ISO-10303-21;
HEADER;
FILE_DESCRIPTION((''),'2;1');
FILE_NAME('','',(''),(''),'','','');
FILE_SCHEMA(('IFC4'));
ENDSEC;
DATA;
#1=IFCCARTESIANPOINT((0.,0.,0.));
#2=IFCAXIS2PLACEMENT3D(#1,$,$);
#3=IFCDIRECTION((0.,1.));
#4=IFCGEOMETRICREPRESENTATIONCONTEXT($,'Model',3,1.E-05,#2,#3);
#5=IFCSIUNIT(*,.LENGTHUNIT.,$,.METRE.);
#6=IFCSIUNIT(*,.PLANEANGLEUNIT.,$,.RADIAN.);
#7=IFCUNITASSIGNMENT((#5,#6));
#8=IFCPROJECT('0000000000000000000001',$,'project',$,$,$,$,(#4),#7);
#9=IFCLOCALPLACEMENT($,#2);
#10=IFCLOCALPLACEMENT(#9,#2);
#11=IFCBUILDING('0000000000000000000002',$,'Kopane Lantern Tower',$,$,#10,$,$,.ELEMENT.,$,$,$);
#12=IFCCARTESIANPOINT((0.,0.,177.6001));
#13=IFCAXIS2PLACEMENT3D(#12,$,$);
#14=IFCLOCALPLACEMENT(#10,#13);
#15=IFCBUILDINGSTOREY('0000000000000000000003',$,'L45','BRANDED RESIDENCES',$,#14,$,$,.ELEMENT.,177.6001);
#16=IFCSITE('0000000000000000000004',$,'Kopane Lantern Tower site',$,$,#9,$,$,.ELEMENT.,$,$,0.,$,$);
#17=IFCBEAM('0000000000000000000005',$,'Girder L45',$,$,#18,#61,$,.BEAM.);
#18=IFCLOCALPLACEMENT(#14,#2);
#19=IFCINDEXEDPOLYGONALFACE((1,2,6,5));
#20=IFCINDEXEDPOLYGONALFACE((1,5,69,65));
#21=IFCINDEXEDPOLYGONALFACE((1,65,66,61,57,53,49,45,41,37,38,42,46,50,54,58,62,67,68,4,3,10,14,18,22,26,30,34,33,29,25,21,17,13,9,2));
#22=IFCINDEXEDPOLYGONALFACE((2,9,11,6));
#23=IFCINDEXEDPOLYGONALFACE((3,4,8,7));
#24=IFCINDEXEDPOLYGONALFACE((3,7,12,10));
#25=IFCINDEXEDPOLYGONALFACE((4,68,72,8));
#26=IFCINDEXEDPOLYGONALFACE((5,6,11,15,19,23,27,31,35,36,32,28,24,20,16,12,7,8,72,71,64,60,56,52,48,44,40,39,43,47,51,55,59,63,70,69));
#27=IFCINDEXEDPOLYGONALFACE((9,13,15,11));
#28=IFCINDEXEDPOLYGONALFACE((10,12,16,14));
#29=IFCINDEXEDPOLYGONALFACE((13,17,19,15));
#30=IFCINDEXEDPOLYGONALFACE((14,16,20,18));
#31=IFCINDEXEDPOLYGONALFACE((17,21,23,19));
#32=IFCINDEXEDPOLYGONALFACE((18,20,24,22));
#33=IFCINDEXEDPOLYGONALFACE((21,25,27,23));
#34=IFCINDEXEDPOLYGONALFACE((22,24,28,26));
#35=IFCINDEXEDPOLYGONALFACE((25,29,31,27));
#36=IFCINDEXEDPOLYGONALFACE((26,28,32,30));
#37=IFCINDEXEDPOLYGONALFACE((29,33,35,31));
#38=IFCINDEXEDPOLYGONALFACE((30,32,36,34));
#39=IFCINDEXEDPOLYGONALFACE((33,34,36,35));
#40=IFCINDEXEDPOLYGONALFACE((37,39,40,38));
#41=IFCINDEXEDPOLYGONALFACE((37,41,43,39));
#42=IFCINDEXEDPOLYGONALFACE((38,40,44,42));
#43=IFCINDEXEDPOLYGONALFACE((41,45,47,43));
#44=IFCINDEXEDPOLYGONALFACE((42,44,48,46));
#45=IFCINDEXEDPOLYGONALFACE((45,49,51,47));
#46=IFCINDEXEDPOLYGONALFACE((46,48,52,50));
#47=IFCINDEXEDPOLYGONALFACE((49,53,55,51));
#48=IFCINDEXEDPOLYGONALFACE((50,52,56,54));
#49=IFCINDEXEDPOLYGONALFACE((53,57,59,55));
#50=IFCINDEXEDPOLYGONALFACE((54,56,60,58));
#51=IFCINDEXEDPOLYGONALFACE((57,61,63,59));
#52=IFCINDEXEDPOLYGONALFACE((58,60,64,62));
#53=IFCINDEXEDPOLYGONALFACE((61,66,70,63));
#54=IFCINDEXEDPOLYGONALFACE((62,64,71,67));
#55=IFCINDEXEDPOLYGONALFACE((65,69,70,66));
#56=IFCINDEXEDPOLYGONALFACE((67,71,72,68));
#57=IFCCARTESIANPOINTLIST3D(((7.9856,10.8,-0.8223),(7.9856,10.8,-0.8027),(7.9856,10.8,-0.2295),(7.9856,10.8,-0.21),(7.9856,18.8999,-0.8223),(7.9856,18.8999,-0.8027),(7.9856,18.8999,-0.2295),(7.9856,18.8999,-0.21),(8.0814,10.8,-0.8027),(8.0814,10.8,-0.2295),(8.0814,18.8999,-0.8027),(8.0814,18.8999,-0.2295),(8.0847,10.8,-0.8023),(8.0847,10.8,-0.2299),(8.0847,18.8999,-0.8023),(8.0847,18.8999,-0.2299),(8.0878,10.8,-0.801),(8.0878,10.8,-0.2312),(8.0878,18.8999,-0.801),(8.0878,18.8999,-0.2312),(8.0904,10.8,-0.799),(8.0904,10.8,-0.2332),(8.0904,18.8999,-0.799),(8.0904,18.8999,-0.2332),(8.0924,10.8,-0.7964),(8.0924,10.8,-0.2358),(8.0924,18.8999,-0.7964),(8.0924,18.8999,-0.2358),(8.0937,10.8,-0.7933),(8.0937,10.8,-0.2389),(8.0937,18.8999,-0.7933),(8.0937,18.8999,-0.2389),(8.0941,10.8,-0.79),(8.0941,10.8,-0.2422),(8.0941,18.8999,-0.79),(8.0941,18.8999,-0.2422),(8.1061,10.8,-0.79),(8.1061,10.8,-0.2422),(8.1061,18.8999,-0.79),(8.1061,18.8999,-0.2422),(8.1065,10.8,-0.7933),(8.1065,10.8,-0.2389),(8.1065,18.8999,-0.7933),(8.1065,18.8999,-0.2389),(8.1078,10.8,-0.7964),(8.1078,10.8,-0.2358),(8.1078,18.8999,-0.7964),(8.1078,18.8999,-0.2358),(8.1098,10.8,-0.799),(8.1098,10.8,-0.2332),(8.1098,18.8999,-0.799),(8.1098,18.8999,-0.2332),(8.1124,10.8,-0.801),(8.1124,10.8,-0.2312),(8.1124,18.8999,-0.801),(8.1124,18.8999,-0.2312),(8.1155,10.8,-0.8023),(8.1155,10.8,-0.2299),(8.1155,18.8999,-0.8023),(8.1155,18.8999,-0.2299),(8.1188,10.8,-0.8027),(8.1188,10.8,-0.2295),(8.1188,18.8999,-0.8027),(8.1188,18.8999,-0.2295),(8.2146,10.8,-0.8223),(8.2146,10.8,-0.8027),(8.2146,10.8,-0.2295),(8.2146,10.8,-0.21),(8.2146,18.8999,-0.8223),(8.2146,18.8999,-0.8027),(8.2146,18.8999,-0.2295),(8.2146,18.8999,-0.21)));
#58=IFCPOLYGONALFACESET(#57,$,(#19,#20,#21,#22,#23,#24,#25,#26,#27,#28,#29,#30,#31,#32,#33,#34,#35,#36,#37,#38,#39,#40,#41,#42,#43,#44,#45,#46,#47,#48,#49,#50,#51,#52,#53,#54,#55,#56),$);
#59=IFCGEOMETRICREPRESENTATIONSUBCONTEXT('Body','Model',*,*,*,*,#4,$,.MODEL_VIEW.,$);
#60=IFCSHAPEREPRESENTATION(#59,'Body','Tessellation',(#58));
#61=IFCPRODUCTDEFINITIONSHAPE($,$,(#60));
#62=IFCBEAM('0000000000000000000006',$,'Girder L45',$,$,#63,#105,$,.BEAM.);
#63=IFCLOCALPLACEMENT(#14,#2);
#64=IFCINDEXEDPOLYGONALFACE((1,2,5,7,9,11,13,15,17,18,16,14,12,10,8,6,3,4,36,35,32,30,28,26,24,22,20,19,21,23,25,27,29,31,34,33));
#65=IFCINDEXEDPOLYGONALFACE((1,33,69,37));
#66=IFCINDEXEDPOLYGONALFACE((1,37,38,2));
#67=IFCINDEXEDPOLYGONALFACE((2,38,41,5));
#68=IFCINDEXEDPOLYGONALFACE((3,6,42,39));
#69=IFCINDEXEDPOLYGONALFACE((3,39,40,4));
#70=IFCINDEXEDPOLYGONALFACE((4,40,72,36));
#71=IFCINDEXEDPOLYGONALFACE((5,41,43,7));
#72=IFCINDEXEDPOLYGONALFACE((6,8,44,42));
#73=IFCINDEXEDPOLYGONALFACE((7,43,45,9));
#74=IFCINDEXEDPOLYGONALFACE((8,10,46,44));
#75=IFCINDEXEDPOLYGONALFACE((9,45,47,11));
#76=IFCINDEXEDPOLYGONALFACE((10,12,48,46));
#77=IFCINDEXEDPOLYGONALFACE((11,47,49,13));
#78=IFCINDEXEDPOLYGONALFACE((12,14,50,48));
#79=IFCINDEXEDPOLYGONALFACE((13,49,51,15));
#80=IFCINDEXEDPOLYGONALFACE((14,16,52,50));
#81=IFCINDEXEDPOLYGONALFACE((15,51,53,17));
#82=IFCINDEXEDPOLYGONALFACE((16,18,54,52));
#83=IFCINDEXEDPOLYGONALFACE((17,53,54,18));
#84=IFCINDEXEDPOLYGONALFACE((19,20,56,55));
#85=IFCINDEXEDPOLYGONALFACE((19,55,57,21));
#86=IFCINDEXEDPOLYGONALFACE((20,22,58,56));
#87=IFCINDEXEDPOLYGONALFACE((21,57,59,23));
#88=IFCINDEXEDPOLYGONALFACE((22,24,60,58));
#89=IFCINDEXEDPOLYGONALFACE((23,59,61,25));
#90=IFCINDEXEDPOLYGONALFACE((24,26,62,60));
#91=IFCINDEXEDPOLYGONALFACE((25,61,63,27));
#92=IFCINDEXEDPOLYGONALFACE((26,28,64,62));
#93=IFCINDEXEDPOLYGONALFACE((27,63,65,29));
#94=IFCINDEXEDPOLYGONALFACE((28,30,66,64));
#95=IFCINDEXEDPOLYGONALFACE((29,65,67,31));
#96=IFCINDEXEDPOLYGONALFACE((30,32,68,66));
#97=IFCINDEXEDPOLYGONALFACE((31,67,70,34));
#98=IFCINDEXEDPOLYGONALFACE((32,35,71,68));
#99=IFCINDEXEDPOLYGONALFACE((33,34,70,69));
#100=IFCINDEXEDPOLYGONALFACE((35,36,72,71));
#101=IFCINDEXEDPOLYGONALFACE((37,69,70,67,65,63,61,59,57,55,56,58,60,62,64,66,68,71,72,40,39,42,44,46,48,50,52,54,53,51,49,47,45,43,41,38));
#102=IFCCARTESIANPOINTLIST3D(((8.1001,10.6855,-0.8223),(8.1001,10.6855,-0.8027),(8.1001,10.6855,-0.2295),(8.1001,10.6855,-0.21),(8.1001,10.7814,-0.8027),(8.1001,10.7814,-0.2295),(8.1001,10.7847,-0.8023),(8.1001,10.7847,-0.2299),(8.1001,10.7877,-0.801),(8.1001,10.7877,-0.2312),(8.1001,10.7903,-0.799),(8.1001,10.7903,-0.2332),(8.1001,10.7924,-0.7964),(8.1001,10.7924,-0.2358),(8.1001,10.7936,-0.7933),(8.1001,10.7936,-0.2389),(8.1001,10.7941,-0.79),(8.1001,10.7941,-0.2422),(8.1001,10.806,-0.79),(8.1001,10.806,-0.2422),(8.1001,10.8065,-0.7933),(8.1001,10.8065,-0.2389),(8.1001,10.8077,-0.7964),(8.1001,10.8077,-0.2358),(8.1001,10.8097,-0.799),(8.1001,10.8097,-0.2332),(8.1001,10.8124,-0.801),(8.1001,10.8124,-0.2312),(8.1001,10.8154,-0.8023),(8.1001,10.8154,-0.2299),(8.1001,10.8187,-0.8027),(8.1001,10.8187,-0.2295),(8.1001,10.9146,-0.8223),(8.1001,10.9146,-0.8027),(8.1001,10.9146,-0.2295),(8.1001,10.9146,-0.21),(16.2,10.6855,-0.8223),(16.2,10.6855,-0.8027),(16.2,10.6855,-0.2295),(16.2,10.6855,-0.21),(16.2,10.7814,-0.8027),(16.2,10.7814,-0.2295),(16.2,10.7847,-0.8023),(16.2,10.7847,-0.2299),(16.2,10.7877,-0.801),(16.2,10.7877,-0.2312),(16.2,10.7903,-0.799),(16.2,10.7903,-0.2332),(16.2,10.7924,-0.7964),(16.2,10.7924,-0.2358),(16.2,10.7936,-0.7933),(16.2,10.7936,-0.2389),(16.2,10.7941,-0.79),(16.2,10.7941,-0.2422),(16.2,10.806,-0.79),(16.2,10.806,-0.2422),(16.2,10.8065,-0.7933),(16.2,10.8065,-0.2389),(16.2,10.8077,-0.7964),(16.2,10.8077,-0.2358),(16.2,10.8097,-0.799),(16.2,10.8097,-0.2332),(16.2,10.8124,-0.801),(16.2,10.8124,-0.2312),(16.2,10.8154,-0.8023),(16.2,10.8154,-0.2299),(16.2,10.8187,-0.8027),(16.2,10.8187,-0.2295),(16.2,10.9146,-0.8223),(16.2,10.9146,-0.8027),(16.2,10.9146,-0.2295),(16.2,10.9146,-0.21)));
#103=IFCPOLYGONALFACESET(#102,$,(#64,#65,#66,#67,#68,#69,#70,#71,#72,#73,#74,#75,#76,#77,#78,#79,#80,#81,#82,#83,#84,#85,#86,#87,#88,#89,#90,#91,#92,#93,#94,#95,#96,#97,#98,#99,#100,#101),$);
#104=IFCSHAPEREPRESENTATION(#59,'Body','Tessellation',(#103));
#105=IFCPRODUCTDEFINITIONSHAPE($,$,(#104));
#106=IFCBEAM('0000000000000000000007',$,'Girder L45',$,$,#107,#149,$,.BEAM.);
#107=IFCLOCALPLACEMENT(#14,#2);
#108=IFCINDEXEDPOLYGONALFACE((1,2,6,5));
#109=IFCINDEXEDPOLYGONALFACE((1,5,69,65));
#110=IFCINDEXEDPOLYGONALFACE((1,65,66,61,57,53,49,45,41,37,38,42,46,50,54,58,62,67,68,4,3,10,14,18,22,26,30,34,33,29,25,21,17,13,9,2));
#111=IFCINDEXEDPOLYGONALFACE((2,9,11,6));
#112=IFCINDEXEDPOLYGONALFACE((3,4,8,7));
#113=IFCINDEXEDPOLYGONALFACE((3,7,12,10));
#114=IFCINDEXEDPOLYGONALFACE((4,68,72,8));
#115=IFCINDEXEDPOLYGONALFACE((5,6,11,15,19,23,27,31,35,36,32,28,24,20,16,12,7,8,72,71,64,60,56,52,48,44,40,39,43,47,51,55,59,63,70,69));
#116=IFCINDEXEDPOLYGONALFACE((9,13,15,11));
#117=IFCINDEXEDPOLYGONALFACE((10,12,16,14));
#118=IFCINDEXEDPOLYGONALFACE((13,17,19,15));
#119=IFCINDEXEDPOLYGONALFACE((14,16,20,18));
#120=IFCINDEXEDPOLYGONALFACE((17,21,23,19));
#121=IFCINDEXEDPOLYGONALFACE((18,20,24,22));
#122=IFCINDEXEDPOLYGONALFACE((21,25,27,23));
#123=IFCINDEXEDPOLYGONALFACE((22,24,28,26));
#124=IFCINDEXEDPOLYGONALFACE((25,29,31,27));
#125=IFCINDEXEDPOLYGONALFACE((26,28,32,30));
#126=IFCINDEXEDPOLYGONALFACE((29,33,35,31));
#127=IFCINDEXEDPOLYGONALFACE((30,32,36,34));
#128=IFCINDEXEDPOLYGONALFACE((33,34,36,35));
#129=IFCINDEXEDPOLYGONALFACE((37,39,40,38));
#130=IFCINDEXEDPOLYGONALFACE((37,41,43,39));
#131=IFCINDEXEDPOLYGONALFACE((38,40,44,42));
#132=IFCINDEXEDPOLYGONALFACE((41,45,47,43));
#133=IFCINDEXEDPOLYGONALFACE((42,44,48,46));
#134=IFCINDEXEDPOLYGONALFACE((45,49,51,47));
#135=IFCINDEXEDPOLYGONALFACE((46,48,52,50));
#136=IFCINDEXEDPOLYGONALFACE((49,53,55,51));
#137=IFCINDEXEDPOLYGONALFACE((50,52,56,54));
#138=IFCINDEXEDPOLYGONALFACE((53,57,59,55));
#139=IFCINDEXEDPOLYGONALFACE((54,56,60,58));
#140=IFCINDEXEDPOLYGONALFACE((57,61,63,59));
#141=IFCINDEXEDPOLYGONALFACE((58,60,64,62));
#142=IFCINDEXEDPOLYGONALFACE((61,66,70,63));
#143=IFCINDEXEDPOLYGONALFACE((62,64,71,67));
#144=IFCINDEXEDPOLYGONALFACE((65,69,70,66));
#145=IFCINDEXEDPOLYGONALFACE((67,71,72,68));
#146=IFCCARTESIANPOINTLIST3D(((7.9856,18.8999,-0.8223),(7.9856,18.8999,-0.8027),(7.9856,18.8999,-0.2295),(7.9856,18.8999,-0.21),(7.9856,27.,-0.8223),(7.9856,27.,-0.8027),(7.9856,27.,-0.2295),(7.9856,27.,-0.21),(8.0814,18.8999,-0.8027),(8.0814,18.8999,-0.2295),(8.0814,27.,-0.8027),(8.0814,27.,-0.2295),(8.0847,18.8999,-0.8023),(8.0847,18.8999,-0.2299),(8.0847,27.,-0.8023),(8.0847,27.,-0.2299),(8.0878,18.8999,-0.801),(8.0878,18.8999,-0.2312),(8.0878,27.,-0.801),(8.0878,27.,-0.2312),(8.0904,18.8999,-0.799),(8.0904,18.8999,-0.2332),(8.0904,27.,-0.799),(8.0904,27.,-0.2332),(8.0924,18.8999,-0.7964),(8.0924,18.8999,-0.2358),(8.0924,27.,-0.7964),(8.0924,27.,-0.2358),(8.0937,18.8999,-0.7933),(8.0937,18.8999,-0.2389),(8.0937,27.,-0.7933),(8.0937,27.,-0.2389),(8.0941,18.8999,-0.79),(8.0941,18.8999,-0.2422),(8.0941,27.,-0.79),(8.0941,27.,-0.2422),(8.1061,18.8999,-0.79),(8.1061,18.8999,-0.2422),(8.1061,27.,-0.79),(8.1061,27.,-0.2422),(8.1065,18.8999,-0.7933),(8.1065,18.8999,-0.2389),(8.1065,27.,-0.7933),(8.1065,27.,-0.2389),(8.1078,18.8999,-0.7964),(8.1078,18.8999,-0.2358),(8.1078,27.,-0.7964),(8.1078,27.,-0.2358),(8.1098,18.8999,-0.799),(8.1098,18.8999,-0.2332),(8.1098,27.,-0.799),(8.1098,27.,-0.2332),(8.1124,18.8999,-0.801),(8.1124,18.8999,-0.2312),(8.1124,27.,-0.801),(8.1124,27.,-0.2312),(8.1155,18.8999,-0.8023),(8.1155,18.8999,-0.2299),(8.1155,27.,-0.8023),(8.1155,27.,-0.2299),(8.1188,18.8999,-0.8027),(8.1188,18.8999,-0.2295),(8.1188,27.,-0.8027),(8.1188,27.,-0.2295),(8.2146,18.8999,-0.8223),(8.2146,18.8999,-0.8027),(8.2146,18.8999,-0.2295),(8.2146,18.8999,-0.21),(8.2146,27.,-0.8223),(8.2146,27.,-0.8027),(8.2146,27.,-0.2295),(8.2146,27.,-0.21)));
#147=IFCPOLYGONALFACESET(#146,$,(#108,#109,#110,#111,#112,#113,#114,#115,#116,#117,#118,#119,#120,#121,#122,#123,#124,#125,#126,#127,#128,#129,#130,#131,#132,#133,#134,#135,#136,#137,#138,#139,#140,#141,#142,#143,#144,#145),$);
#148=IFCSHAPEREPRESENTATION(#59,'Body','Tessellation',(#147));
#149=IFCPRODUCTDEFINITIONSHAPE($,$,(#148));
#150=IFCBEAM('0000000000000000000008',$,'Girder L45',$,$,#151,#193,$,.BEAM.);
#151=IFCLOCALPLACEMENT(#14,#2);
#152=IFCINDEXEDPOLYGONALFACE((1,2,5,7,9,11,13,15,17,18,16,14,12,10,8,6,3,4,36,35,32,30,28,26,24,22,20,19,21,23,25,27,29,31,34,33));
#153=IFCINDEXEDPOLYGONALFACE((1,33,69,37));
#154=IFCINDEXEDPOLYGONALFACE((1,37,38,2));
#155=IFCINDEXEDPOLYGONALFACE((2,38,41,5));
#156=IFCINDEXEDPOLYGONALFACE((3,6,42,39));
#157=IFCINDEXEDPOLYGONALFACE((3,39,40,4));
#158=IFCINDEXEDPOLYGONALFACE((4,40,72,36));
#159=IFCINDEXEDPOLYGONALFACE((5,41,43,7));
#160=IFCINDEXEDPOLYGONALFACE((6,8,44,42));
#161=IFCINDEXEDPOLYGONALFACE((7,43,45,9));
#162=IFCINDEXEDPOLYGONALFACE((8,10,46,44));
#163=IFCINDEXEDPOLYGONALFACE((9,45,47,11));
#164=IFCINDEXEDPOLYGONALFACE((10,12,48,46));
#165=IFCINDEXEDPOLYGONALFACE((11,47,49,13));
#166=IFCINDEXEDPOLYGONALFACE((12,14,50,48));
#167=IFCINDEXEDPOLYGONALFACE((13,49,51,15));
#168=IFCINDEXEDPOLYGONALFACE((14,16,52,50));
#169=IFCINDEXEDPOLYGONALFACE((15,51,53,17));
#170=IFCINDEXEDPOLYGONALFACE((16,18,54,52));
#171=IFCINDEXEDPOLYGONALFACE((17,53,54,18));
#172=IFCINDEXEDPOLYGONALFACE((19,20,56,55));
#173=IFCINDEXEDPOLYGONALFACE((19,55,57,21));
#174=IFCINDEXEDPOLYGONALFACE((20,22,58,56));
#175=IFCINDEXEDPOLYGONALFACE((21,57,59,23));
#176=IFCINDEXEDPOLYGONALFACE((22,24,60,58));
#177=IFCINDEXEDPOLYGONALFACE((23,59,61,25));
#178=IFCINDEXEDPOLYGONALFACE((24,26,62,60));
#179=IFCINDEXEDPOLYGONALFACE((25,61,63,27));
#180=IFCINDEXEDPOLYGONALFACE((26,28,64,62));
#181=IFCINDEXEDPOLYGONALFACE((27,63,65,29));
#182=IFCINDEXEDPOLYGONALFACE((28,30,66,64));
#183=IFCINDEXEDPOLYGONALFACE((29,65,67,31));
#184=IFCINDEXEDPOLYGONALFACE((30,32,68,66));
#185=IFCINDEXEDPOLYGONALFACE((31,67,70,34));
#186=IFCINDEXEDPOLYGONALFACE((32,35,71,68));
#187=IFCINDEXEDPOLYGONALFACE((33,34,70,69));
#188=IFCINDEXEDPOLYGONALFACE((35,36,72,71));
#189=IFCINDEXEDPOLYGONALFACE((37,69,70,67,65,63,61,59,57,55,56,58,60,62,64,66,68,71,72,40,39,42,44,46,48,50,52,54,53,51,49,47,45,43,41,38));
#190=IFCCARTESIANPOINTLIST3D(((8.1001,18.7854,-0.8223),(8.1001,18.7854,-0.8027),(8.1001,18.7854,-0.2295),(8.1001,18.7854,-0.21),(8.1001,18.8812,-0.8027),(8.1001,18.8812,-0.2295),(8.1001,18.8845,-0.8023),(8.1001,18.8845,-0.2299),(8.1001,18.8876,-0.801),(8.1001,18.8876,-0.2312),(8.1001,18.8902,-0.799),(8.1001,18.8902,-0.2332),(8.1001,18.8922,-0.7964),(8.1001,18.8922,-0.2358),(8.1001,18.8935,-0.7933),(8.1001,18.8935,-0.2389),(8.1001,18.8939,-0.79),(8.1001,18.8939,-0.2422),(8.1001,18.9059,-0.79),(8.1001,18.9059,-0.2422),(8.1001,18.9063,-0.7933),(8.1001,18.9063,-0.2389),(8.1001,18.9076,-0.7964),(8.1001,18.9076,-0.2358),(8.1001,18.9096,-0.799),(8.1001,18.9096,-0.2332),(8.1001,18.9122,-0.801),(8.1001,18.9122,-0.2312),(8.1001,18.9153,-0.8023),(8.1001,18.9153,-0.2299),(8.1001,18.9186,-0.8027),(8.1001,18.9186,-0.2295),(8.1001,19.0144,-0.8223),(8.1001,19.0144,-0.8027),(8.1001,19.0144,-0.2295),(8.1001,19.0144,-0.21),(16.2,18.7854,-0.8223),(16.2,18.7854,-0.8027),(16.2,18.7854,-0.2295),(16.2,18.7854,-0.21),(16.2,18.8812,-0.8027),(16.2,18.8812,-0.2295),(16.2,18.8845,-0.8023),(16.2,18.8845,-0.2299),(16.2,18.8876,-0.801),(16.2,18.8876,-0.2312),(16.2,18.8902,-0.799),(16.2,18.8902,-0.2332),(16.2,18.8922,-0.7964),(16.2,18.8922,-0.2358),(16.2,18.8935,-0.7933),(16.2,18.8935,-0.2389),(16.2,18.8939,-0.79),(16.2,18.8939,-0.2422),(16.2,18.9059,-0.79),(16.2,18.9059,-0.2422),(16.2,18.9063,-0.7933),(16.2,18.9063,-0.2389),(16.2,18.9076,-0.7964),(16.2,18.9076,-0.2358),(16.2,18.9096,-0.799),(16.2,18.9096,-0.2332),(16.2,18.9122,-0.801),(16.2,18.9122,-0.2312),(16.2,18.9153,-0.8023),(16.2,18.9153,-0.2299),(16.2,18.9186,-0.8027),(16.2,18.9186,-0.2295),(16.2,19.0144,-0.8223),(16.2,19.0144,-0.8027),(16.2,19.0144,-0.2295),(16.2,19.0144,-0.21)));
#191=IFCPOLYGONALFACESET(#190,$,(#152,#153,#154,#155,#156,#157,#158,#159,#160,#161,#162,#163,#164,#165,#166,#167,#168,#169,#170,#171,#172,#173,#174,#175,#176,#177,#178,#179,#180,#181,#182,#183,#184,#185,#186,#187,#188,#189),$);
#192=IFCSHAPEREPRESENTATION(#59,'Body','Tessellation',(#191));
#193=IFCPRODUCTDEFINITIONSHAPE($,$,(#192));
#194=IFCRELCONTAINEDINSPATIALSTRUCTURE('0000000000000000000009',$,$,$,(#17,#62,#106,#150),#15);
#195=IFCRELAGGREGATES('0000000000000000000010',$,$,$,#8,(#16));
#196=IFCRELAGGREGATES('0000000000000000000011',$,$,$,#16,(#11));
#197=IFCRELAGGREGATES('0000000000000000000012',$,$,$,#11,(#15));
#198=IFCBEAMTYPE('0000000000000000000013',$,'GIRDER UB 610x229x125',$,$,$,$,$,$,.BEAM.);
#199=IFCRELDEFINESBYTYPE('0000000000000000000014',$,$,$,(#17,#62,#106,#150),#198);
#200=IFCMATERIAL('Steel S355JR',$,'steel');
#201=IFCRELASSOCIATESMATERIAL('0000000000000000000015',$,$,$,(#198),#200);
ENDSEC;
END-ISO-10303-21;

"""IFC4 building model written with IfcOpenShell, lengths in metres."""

from ifc_helpers import new_model, si_unit, direction, frame, origin, origin_2d, place, context, subcontext, project, spatial, i_section, extrude, material, material_profile, profile_set, type_object, element, save


model = new_model("IFC4")

# Units and contexts
model_context = context("Model", 3, precision=1e-05, world=origin(), true_north=direction((0.0, 1.0)))
body_context = subcontext(model_context, "Body", "Model", "MODEL_VIEW")
ifc_project = project(units=[si_unit("LENGTHUNIT", "METRE"), si_unit("PLANEANGLEUNIT", "RADIAN")], contexts=[model_context])

# Site, building, storey
site_placement = place(None, origin())
site = spatial("IfcSite", under=ifc_project, at=site_placement, Name="Kopane Lantern Tower site", CompositionType="ELEMENT", RefElevation=0.0)
building_placement = place(site_placement, origin())
building = spatial("IfcBuilding", under=site, at=building_placement, Name="Kopane Lantern Tower", CompositionType="ELEMENT")
storey_placement = place(building_placement, frame((0.0, 0.0, 177.6001)))
storey = spatial("IfcBuildingStorey", under=building, at=storey_placement, Name="L45", Description="BRANDED RESIDENCES", CompositionType="ELEMENT", Elevation=177.6001)

# Beams
ifc_material_1 = material(Name="Steel S355JR", Category="steel")
ifc_material_profile_1 = material_profile(ifc_material_1, i_section(OverallWidth=0.229, OverallDepth=0.6123, WebThickness=0.012, FlangeThickness=0.0195, FilletRadius=0.0127, at=origin_2d()), Name="UB 610x229x125")
ifc_profile_set_1 = profile_set([ifc_material_profile_1], Name="Steel S355JR")
beam_type_1 = type_object("IfcBeamType", Name="GIRDER UB 610x229x125", PredefinedType="BEAM", material=ifc_profile_set_1)
for number, where, z_axis, x_axis, name in (
    (1, (8.1001, 10.8, -0.5161), (0.0, 1.0, 0.0), (-1.0, 0.0, 0.0), "Girder L45"),
    (2, (8.1001, 10.8, -0.5161), (1.0, 0.0, 0.0), (0.0, 1.0, 0.0), "Girder L45"),
):
    element("IfcBeam", number, at=place(storey_placement, frame(where, z_axis=z_axis, x_axis=x_axis)), inside=storey, type_object=beam_type_1, Name=name, PredefinedType="BEAM", context=body_context, shape_type="SweptSolid", body=[
        extrude(i_section(OverallWidth=0.229, OverallDepth=0.6123, WebThickness=0.012, FlangeThickness=0.0195, FilletRadius=0.0127, at=origin_2d()), origin(), (0.0, 0.0, 1.0), 8.0999),
    ])
beam_1_placement = place(storey_placement, frame((8.1001, 18.8999, -0.5161), z_axis=(0.0, 1.0, 0.0), x_axis=(-1.0, 0.0, 0.0)))
element("IfcBeam", 3, at=beam_1_placement, inside=storey, type_object=beam_type_1, Name="Girder L45", PredefinedType="BEAM", context=body_context, shape_type="SweptSolid", body=[
    extrude(i_section(OverallWidth=0.229, OverallDepth=0.6123, WebThickness=0.012, FlangeThickness=0.0195, FilletRadius=0.0127, at=origin_2d()), origin(), (0.0, 0.0, 1.0), 8.1001),
])
beam_2_placement = place(storey_placement, frame((8.1001, 18.8999, -0.5161), z_axis=(1.0, 0.0, 0.0), x_axis=(0.0, 1.0, 0.0)))
element("IfcBeam", 4, at=beam_2_placement, inside=storey, type_object=beam_type_1, Name="Girder L45", PredefinedType="BEAM", context=body_context, shape_type="SweptSolid", body=[
    extrude(i_section(OverallWidth=0.229, OverallDepth=0.6123, WebThickness=0.012, FlangeThickness=0.0195, FilletRadius=0.0127, at=origin_2d()), origin(), (0.0, 0.0, 1.0), 8.0999),
])

save(model, "model.ifc")
